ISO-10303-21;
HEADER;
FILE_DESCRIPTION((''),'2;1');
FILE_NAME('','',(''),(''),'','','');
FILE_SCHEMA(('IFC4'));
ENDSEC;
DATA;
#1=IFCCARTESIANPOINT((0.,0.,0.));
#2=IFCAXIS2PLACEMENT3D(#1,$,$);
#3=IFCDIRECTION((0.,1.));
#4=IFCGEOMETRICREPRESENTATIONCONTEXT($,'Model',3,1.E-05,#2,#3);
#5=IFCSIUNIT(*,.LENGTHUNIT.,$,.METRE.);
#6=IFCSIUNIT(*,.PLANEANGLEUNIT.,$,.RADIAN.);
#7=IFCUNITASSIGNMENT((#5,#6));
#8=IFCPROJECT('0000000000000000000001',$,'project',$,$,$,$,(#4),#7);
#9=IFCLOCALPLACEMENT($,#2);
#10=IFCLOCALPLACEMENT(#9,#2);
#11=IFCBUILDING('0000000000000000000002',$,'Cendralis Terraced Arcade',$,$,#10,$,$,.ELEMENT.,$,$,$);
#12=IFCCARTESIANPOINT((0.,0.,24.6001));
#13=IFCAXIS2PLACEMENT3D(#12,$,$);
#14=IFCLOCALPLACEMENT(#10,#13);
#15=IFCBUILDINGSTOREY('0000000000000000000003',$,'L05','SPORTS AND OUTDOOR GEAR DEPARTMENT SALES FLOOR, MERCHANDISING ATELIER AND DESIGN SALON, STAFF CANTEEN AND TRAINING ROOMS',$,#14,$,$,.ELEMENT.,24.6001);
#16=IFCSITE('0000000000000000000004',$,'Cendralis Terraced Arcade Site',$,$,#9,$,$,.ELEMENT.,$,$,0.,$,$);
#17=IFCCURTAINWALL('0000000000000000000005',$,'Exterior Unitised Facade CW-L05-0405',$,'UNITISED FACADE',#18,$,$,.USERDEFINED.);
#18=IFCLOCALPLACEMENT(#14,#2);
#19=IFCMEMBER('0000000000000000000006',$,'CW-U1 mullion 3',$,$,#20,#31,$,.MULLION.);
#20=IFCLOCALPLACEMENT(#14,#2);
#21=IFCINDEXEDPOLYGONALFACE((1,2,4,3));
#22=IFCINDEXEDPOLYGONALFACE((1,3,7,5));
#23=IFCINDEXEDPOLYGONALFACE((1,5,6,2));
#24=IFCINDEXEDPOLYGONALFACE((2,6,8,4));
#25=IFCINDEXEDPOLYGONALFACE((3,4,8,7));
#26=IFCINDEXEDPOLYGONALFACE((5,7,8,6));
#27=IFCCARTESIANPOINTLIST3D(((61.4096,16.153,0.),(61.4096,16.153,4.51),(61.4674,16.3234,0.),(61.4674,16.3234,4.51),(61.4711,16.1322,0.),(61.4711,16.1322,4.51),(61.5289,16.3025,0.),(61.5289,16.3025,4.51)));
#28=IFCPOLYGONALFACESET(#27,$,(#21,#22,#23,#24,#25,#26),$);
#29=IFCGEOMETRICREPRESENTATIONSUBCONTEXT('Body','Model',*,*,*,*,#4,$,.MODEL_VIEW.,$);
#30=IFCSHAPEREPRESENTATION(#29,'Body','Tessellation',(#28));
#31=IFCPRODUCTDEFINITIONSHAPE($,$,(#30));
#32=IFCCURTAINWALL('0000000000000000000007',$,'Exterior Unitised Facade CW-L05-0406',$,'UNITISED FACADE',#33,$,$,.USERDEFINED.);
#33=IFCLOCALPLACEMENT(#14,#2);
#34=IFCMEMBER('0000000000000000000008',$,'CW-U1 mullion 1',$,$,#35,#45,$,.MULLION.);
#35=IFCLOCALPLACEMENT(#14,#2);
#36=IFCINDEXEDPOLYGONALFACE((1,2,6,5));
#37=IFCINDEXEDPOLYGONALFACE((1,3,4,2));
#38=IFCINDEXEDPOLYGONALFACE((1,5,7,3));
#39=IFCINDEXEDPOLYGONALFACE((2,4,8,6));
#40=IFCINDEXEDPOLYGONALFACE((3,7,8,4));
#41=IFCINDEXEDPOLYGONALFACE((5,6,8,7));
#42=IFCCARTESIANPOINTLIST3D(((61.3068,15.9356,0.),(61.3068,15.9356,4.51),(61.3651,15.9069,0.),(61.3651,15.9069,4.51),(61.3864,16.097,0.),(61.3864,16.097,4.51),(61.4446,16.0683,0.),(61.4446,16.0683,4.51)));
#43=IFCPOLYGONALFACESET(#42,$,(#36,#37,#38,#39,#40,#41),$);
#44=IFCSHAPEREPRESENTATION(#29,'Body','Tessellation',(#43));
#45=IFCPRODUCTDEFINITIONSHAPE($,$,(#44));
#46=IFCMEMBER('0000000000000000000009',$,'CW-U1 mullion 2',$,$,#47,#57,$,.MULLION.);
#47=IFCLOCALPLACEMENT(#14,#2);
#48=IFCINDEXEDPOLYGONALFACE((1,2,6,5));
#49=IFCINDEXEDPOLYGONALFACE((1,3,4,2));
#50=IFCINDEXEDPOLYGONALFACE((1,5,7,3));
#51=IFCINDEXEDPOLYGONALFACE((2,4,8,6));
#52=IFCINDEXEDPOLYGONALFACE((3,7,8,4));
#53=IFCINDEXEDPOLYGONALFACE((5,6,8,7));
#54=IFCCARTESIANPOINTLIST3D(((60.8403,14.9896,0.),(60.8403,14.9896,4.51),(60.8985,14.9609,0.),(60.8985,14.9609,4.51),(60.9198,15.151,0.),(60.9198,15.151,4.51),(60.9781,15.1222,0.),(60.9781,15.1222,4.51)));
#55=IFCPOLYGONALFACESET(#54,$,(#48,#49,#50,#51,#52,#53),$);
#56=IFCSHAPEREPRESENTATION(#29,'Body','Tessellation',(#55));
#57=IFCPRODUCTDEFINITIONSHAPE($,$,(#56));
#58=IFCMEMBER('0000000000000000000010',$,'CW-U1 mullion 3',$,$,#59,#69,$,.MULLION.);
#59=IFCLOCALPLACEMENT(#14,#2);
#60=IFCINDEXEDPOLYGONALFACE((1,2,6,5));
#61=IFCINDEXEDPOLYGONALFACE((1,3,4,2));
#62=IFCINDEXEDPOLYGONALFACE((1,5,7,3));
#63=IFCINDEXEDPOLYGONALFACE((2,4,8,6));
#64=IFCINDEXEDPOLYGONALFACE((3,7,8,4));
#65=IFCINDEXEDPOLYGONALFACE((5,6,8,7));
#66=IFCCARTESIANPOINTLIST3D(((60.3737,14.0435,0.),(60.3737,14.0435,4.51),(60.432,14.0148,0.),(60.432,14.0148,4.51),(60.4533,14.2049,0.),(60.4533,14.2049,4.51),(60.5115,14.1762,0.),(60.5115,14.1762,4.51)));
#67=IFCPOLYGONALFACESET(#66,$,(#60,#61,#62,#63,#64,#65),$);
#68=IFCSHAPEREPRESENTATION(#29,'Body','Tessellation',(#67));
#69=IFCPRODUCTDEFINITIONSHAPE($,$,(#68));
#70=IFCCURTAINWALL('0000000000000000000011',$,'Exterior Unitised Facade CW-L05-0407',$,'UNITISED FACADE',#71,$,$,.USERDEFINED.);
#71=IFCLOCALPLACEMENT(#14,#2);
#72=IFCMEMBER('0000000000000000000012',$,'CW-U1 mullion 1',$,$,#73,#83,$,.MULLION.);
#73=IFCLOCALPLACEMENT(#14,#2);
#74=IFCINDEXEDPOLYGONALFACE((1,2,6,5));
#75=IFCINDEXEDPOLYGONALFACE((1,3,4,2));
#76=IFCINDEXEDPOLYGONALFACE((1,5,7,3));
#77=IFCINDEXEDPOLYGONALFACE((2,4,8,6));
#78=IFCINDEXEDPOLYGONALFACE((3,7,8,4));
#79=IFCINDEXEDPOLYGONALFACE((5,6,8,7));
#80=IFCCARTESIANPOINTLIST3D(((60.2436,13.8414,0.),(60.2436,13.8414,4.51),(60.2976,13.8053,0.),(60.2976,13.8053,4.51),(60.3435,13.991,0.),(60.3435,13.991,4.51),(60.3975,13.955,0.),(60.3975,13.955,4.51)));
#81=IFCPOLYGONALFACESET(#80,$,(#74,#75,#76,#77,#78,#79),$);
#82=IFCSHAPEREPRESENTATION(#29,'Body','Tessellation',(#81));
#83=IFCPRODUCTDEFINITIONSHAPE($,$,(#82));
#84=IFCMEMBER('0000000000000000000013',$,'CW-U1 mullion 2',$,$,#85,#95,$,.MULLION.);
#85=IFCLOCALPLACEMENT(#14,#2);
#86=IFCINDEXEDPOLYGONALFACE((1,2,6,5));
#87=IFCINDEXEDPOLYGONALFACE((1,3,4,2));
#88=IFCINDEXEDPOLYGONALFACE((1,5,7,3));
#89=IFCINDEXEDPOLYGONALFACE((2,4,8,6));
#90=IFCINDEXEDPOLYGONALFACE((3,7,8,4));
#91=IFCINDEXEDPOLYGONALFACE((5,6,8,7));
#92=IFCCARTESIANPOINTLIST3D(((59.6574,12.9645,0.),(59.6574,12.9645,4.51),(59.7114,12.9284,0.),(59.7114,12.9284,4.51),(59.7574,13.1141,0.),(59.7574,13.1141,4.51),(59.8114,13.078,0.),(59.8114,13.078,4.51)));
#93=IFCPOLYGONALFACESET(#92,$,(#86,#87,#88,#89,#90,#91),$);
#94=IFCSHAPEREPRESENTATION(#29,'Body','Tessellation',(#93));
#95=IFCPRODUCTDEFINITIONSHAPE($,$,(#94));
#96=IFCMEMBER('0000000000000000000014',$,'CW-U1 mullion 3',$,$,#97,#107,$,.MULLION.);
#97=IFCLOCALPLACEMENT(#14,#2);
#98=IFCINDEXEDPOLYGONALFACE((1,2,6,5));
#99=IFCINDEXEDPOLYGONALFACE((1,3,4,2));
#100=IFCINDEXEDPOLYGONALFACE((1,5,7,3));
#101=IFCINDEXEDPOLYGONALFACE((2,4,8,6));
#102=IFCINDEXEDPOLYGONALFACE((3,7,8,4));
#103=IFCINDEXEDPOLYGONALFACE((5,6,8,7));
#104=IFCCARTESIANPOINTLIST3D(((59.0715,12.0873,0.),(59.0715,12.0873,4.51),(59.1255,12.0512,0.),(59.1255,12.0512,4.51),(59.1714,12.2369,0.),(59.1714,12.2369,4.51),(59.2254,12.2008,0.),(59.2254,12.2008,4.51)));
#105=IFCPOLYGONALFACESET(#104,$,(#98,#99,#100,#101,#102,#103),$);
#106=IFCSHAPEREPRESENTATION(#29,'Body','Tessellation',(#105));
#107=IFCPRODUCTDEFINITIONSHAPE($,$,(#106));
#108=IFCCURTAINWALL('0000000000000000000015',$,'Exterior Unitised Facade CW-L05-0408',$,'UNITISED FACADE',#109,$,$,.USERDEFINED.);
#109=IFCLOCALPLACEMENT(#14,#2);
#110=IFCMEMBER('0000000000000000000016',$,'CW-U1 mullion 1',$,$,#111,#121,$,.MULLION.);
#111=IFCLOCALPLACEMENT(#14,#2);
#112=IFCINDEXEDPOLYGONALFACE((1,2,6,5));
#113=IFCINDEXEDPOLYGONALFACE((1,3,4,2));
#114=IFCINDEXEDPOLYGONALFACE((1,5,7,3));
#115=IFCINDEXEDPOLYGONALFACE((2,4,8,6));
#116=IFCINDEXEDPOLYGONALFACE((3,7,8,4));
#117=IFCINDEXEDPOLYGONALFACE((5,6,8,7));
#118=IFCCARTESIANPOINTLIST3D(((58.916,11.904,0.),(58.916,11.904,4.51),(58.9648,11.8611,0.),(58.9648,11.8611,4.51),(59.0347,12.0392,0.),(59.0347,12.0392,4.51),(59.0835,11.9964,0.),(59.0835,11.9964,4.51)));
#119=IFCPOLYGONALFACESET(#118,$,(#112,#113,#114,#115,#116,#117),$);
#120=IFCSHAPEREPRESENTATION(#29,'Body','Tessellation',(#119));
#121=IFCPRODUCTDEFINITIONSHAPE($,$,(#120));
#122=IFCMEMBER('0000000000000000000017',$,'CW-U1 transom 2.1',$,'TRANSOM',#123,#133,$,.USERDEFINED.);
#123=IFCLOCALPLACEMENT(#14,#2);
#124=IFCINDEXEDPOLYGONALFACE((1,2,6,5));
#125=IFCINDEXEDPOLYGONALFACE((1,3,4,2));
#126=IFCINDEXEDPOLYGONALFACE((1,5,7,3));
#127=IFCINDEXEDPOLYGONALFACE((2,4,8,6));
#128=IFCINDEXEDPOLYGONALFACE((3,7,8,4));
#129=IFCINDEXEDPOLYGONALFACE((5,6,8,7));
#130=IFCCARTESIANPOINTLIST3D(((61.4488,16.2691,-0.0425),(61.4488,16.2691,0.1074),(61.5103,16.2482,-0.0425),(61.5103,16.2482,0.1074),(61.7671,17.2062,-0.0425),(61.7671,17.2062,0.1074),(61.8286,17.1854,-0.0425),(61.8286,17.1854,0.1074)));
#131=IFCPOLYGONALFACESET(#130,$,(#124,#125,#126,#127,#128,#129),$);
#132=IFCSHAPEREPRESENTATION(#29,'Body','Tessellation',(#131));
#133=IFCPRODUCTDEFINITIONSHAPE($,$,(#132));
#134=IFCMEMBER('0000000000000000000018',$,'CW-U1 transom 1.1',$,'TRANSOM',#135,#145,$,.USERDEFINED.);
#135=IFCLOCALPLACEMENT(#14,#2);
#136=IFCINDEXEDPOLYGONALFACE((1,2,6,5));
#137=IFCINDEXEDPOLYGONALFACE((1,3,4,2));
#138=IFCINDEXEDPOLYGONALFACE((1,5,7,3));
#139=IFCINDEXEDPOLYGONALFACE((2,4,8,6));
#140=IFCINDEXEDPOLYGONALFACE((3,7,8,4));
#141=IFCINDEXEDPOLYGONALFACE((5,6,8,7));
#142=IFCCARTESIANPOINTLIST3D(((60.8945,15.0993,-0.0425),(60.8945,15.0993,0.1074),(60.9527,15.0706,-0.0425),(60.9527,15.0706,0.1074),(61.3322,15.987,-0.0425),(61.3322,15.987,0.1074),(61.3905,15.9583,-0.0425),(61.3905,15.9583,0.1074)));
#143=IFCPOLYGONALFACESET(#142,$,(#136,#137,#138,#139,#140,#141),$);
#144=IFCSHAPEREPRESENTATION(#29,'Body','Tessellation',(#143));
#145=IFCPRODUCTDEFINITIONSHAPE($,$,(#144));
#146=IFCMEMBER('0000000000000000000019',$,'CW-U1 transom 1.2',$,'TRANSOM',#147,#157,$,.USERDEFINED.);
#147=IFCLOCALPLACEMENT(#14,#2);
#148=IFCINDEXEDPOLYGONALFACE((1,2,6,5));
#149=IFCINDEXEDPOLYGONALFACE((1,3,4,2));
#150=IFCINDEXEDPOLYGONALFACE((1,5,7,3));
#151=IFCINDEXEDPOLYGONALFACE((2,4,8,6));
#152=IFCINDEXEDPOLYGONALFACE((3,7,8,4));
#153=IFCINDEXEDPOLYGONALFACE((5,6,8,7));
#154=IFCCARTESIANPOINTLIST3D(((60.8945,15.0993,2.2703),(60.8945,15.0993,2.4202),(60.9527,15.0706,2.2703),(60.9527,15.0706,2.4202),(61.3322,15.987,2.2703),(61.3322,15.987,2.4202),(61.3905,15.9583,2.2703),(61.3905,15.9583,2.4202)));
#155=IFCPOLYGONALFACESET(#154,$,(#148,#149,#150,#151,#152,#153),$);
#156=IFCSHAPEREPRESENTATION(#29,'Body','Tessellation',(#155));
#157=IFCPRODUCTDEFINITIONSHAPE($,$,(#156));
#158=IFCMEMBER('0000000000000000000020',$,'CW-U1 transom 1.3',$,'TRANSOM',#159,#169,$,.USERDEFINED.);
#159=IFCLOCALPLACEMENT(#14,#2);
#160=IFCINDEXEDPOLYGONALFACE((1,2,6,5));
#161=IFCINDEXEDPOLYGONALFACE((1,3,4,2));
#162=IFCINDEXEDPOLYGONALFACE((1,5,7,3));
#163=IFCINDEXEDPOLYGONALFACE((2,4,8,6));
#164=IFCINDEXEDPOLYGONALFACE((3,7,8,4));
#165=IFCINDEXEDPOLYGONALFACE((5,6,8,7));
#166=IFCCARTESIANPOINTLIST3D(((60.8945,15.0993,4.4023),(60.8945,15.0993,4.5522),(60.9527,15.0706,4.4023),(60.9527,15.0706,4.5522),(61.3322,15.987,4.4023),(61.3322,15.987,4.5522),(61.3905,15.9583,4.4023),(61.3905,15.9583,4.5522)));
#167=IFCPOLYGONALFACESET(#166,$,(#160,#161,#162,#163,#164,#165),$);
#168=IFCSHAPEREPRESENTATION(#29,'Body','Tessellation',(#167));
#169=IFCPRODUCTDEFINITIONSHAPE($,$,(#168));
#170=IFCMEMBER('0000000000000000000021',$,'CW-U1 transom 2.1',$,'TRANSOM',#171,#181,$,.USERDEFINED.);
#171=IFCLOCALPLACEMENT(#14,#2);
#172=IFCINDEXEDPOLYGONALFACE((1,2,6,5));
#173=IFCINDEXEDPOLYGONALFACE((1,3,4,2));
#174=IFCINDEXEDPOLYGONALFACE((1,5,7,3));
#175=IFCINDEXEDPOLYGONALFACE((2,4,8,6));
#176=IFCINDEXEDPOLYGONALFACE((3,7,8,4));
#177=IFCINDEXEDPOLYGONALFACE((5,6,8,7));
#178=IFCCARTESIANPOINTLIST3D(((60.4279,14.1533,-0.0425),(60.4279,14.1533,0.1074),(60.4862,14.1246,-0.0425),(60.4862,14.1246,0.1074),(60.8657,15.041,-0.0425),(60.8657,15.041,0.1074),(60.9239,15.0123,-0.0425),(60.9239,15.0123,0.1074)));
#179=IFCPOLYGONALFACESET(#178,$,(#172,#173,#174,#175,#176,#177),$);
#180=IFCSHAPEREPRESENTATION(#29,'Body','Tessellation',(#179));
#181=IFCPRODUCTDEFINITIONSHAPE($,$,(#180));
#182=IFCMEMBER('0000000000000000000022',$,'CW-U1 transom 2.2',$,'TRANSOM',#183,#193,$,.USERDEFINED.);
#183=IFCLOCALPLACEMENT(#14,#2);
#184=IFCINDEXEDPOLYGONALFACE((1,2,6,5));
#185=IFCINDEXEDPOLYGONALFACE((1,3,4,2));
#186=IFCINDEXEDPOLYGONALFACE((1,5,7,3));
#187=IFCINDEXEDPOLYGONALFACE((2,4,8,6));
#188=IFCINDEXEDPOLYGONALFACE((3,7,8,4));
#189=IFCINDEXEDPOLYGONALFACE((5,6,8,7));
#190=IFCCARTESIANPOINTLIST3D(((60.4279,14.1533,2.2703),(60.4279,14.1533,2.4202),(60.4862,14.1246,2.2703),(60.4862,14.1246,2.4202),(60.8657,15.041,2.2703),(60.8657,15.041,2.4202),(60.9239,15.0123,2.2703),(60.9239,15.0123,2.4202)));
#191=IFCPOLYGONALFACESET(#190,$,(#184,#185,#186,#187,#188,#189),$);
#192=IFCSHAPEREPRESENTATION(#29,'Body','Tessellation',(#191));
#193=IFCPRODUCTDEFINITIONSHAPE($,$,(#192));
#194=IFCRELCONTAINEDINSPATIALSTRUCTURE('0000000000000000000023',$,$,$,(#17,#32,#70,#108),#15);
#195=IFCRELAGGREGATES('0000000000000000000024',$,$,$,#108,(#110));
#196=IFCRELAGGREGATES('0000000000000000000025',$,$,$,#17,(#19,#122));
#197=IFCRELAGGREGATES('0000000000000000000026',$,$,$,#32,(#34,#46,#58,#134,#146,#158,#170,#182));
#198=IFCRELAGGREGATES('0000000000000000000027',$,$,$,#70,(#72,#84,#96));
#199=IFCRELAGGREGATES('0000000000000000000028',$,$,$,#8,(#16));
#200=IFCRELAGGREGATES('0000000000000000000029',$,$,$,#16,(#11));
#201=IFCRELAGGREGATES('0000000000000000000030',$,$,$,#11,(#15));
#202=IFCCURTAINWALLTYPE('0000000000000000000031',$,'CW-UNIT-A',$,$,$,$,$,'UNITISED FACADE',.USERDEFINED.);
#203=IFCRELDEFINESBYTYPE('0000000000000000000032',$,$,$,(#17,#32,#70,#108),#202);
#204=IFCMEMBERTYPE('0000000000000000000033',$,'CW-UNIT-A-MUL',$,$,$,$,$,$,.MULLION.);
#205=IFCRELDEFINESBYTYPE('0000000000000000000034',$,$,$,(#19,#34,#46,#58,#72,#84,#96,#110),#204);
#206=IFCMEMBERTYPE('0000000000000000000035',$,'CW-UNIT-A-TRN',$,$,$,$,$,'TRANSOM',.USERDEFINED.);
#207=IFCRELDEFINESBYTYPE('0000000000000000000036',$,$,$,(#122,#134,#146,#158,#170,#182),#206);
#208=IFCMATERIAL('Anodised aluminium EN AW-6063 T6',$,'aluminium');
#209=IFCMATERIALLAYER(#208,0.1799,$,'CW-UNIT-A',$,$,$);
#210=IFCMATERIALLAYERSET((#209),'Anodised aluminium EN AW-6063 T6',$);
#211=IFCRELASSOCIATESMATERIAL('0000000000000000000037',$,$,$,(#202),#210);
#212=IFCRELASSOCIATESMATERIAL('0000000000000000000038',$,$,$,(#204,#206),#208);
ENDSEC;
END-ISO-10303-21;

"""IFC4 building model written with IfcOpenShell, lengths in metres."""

from ifc_helpers import new_model, si_unit, direction, frame, origin, origin_2d, place, context, subcontext, project, spatial, rectangle, extrude, material, layer, layer_set, material_profile, profile_set, type_object, element, aggregate, save


model = new_model("IFC4")

# Units and contexts
model_context = context("Model", 3, precision=1e-05, world=origin(), true_north=direction((0.0, 1.0)))
body_context = subcontext(model_context, "Body", "Model", "MODEL_VIEW")
ifc_project = project(units=[si_unit("LENGTHUNIT", "METRE"), si_unit("PLANEANGLEUNIT", "RADIAN")], contexts=[model_context])

# Site, building, storey
site_placement = place(None, origin())
site = spatial("IfcSite", under=ifc_project, at=site_placement, Name="Cendralis Terraced Arcade Site", CompositionType="ELEMENT", RefElevation=0.0)
building_placement = place(site_placement, origin())
building = spatial("IfcBuilding", under=site, at=building_placement, Name="Cendralis Terraced Arcade", CompositionType="ELEMENT")
storey_placement = place(building_placement, frame((0.0, 0.0, 24.6001)))
storey = spatial("IfcBuildingStorey", under=building, at=storey_placement, Name="L05", Description="SPORTS AND OUTDOOR GEAR DEPARTMENT SALES FLOOR, MERCHANDISING ATELIER AND DESIGN SALON, STAFF CANTEEN AND TRAINING ROOMS", CompositionType="ELEMENT", Elevation=24.6001)

# Curtain wall, member
ifc_material_1 = material(Name="Anodised aluminium EN AW-6063 T6", Category="aluminium")
ifc_layer_1 = layer(ifc_material_1, 0.1799, Name="CW-UNIT-A")
ifc_layer_set_1 = layer_set([ifc_layer_1], Name="Anodised aluminium EN AW-6063 T6")
curtain_wall_type = type_object("IfcCurtainWallType", Name="CW-UNIT-A", ElementType="UNITISED FACADE", PredefinedType="USERDEFINED", material=ifc_layer_set_1)
curtain_wall_1_placement = place(storey_placement, origin())
curtain_wall_1 = element("IfcCurtainWall", 1, at=curtain_wall_1_placement, inside=storey, type_object=curtain_wall_type, Name="Exterior Unitised Facade CW-L05-0405", ObjectType="UNITISED FACADE", PredefinedType="USERDEFINED")
ifc_material_profile_1 = material_profile(ifc_material_1, rectangle(XDim=0.0649, YDim=0.1799, at=origin_2d()), Name="ALU-MUL-65x180")
ifc_profile_set_1 = profile_set([ifc_material_profile_1], Name="Anodised aluminium EN AW-6063 T6")
member_type_1 = type_object("IfcMemberType", Name="CW-UNIT-A-MUL", PredefinedType="MULLION", material=ifc_profile_set_1)
member_1_placement = place(storey_placement, frame((61.4692, 16.2278, 0.0), z_axis=(0.0, 0.0, 1.0), x_axis=(0.946917, -0.321479, 0.0)))
member_1 = element("IfcMember", 2, at=member_1_placement, type_object=member_type_1, Name="CW-U1 mullion 3", PredefinedType="MULLION", context=body_context, shape_type="SweptSolid", body=[
    extrude(rectangle(XDim=0.0649, YDim=0.1799, at=origin_2d()), origin(), (0.0, 0.0, 1.0), 4.51),
])

# Curtain walls, members
curtain_wall_2_placement = place(storey_placement, origin())
curtain_wall_2 = element("IfcCurtainWall", 3, at=curtain_wall_2_placement, inside=storey, type_object=curtain_wall_type, Name="Exterior Unitised Facade CW-L05-0406", ObjectType="UNITISED FACADE", PredefinedType="USERDEFINED")
member_2_placement = place(storey_placement, frame((61.3757, 16.002, 0.0), z_axis=(0.0, 0.0, 1.0), x_axis=(0.896888, -0.442259, 0.0)))
member_2 = element("IfcMember", 4, at=member_2_placement, type_object=member_type_1, Name="CW-U1 mullion 1", PredefinedType="MULLION", context=body_context, shape_type="SweptSolid", body=[
    extrude(rectangle(XDim=0.0649, YDim=0.1799, at=origin_2d()), origin(), (0.0, 0.0, 1.0), 4.51),
])
member_3_placement = place(storey_placement, frame((60.9092, 15.0559, 0.0), z_axis=(0.0, 0.0, 1.0), x_axis=(0.896888, -0.442259, 0.0)))
member_3 = element("IfcMember", 5, at=member_3_placement, type_object=member_type_1, Name="CW-U1 mullion 2", PredefinedType="MULLION", context=body_context, shape_type="SweptSolid", body=[
    extrude(rectangle(XDim=0.0649, YDim=0.1799, at=origin_2d()), origin(), (0.0, 0.0, 1.0), 4.51),
])
member_4_placement = place(storey_placement, frame((60.4426, 14.1099, 0.0), z_axis=(0.0, 0.0, 1.0), x_axis=(0.896888, -0.442259, 0.0)))
member_4 = element("IfcMember", 6, at=member_4_placement, type_object=member_type_1, Name="CW-U1 mullion 3", PredefinedType="MULLION", context=body_context, shape_type="SweptSolid", body=[
    extrude(rectangle(XDim=0.0649, YDim=0.1799, at=origin_2d()), origin(), (0.0, 0.0, 1.0), 4.51),
])
curtain_wall_3_placement = place(storey_placement, origin())
curtain_wall_3 = element("IfcCurtainWall", 7, at=curtain_wall_3_placement, inside=storey, type_object=curtain_wall_type, Name="Exterior Unitised Facade CW-L05-0407", ObjectType="UNITISED FACADE", PredefinedType="USERDEFINED")
member_5_placement = place(storey_placement, frame((60.3206, 13.8982, 0.0), z_axis=(0.0, 0.0, 1.0), x_axis=(0.831477, -0.555559, 0.0)))
member_5 = element("IfcMember", 8, at=member_5_placement, type_object=member_type_1, Name="CW-U1 mullion 1", PredefinedType="MULLION", context=body_context, shape_type="SweptSolid", body=[
    extrude(rectangle(XDim=0.0649, YDim=0.1799, at=origin_2d()), origin(), (0.0, 0.0, 1.0), 4.51),
])
member_6_placement = place(storey_placement, frame((59.7344, 13.0212, 0.0), z_axis=(0.0, 0.0, 1.0), x_axis=(0.831477, -0.555559, 0.0)))
member_6 = element("IfcMember", 9, at=member_6_placement, type_object=member_type_1, Name="CW-U1 mullion 2", PredefinedType="MULLION", context=body_context, shape_type="SweptSolid", body=[
    extrude(rectangle(XDim=0.0649, YDim=0.1799, at=origin_2d()), origin(), (0.0, 0.0, 1.0), 4.51),
])
member_7_placement = place(storey_placement, frame((59.1484, 12.144, 0.0), z_axis=(0.0, 0.0, 1.0), x_axis=(0.831477, -0.555559, 0.0)))
member_7 = element("IfcMember", 10, at=member_7_placement, type_object=member_type_1, Name="CW-U1 mullion 3", PredefinedType="MULLION", context=body_context, shape_type="SweptSolid", body=[
    extrude(rectangle(XDim=0.0649, YDim=0.1799, at=origin_2d()), origin(), (0.0, 0.0, 1.0), 4.51),
])

# Curtain wall, member
curtain_wall_4_placement = place(storey_placement, origin())
curtain_wall_4 = element("IfcCurtainWall", 11, at=curtain_wall_4_placement, inside=storey, type_object=curtain_wall_type, Name="Exterior Unitised Facade CW-L05-0408", ObjectType="UNITISED FACADE", PredefinedType="USERDEFINED")
member_8_placement = place(storey_placement, frame((58.9998, 11.9502, 0.0), z_axis=(0.0, 0.0, 1.0), x_axis=(0.751803, -0.659387, 0.0)))
member_8 = element("IfcMember", 12, at=member_8_placement, type_object=member_type_1, Name="CW-U1 mullion 1", PredefinedType="MULLION", context=body_context, shape_type="SweptSolid", body=[
    extrude(rectangle(XDim=0.0649, YDim=0.1799, at=origin_2d()), origin(), (0.0, 0.0, 1.0), 4.51),
])

# Members
ifc_material_profile_2 = material_profile(ifc_material_1, rectangle(XDim=0.0649, YDim=0.1499, at=origin_2d()), Name="ALU-TRN-65x150")
ifc_profile_set_2 = profile_set([ifc_material_profile_2], Name="Anodised aluminium EN AW-6063 T6")
member_type_2 = type_object("IfcMemberType", Name="CW-UNIT-A-TRN", ElementType="TRANSOM", PredefinedType="USERDEFINED", material=ifc_profile_set_2)
member_9_placement = place(storey_placement, frame((61.7979, 17.1958, 0.0325), z_axis=(-0.321624, -0.946867, 0.0), x_axis=(0.946867, -0.321624, 0.0)))
member_9 = element("IfcMember", 13, at=member_9_placement, type_object=member_type_2, Name="CW-U1 transom 2.1", ObjectType="TRANSOM", PredefinedType="USERDEFINED", context=body_context, shape_type="SweptSolid", body=[
    extrude(rectangle(XDim=0.0649, YDim=0.1499, at=origin_2d()), origin(), (0.0, 0.0, 1.0), 0.9897),
])
member_10_placement = place(storey_placement, frame((61.3613, 15.9727, 0.0325), z_axis=(-0.442273, -0.89688, 0.0), x_axis=(0.89688, -0.442273, 0.0)))
member_10 = element("IfcMember", 14, at=member_10_placement, type_object=member_type_2, Name="CW-U1 transom 1.1", ObjectType="TRANSOM", PredefinedType="USERDEFINED", context=body_context, shape_type="SweptSolid", body=[
    extrude(rectangle(XDim=0.0649, YDim=0.1499, at=origin_2d()), origin(), (0.0, 0.0, 1.0), 0.9897),
])
member_11_placement = place(storey_placement, frame((61.3613, 15.9727, 2.3452), z_axis=(-0.442273, -0.89688, 0.0), x_axis=(0.89688, -0.442273, 0.0)))
member_11 = element("IfcMember", 15, at=member_11_placement, type_object=member_type_2, Name="CW-U1 transom 1.2", ObjectType="TRANSOM", PredefinedType="USERDEFINED", context=body_context, shape_type="SweptSolid", body=[
    extrude(rectangle(XDim=0.0649, YDim=0.1499, at=origin_2d()), origin(), (0.0, 0.0, 1.0), 0.9897),
])
member_12_placement = place(storey_placement, frame((61.3613, 15.9727, 4.4773), z_axis=(-0.442273, -0.89688, 0.0), x_axis=(0.89688, -0.442273, 0.0)))
member_12 = element("IfcMember", 16, at=member_12_placement, type_object=member_type_2, Name="CW-U1 transom 1.3", ObjectType="TRANSOM", PredefinedType="USERDEFINED", context=body_context, shape_type="SweptSolid", body=[
    extrude(rectangle(XDim=0.0649, YDim=0.1499, at=origin_2d()), origin(), (0.0, 0.0, 1.0), 0.9897),
])
member_13_placement = place(storey_placement, frame((60.8948, 15.0266, 0.0325), z_axis=(-0.442273, -0.89688, 0.0), x_axis=(0.89688, -0.442273, 0.0)))
member_13 = element("IfcMember", 17, at=member_13_placement, type_object=member_type_2, Name="CW-U1 transom 2.1", ObjectType="TRANSOM", PredefinedType="USERDEFINED", context=body_context, shape_type="SweptSolid", body=[
    extrude(rectangle(XDim=0.0649, YDim=0.1499, at=origin_2d()), origin(), (0.0, 0.0, 1.0), 0.9897),
])
member_14_placement = place(storey_placement, frame((60.8948, 15.0266, 2.3452), z_axis=(-0.442273, -0.89688, 0.0), x_axis=(0.89688, -0.442273, 0.0)))
member_14 = element("IfcMember", 18, at=member_14_placement, type_object=member_type_2, Name="CW-U1 transom 2.2", ObjectType="TRANSOM", PredefinedType="USERDEFINED", context=body_context, shape_type="SweptSolid", body=[
    extrude(rectangle(XDim=0.0649, YDim=0.1499, at=origin_2d()), origin(), (0.0, 0.0, 1.0), 0.9897),
])
aggregate(curtain_wall_4, [member_8])

aggregate(curtain_wall_1, [member_1, member_9])
aggregate(curtain_wall_2, [member_2, member_3, member_4, member_10, member_11, member_12, member_13, member_14])
aggregate(curtain_wall_3, [member_5, member_6, member_7])

save(model, "model.ifc")
